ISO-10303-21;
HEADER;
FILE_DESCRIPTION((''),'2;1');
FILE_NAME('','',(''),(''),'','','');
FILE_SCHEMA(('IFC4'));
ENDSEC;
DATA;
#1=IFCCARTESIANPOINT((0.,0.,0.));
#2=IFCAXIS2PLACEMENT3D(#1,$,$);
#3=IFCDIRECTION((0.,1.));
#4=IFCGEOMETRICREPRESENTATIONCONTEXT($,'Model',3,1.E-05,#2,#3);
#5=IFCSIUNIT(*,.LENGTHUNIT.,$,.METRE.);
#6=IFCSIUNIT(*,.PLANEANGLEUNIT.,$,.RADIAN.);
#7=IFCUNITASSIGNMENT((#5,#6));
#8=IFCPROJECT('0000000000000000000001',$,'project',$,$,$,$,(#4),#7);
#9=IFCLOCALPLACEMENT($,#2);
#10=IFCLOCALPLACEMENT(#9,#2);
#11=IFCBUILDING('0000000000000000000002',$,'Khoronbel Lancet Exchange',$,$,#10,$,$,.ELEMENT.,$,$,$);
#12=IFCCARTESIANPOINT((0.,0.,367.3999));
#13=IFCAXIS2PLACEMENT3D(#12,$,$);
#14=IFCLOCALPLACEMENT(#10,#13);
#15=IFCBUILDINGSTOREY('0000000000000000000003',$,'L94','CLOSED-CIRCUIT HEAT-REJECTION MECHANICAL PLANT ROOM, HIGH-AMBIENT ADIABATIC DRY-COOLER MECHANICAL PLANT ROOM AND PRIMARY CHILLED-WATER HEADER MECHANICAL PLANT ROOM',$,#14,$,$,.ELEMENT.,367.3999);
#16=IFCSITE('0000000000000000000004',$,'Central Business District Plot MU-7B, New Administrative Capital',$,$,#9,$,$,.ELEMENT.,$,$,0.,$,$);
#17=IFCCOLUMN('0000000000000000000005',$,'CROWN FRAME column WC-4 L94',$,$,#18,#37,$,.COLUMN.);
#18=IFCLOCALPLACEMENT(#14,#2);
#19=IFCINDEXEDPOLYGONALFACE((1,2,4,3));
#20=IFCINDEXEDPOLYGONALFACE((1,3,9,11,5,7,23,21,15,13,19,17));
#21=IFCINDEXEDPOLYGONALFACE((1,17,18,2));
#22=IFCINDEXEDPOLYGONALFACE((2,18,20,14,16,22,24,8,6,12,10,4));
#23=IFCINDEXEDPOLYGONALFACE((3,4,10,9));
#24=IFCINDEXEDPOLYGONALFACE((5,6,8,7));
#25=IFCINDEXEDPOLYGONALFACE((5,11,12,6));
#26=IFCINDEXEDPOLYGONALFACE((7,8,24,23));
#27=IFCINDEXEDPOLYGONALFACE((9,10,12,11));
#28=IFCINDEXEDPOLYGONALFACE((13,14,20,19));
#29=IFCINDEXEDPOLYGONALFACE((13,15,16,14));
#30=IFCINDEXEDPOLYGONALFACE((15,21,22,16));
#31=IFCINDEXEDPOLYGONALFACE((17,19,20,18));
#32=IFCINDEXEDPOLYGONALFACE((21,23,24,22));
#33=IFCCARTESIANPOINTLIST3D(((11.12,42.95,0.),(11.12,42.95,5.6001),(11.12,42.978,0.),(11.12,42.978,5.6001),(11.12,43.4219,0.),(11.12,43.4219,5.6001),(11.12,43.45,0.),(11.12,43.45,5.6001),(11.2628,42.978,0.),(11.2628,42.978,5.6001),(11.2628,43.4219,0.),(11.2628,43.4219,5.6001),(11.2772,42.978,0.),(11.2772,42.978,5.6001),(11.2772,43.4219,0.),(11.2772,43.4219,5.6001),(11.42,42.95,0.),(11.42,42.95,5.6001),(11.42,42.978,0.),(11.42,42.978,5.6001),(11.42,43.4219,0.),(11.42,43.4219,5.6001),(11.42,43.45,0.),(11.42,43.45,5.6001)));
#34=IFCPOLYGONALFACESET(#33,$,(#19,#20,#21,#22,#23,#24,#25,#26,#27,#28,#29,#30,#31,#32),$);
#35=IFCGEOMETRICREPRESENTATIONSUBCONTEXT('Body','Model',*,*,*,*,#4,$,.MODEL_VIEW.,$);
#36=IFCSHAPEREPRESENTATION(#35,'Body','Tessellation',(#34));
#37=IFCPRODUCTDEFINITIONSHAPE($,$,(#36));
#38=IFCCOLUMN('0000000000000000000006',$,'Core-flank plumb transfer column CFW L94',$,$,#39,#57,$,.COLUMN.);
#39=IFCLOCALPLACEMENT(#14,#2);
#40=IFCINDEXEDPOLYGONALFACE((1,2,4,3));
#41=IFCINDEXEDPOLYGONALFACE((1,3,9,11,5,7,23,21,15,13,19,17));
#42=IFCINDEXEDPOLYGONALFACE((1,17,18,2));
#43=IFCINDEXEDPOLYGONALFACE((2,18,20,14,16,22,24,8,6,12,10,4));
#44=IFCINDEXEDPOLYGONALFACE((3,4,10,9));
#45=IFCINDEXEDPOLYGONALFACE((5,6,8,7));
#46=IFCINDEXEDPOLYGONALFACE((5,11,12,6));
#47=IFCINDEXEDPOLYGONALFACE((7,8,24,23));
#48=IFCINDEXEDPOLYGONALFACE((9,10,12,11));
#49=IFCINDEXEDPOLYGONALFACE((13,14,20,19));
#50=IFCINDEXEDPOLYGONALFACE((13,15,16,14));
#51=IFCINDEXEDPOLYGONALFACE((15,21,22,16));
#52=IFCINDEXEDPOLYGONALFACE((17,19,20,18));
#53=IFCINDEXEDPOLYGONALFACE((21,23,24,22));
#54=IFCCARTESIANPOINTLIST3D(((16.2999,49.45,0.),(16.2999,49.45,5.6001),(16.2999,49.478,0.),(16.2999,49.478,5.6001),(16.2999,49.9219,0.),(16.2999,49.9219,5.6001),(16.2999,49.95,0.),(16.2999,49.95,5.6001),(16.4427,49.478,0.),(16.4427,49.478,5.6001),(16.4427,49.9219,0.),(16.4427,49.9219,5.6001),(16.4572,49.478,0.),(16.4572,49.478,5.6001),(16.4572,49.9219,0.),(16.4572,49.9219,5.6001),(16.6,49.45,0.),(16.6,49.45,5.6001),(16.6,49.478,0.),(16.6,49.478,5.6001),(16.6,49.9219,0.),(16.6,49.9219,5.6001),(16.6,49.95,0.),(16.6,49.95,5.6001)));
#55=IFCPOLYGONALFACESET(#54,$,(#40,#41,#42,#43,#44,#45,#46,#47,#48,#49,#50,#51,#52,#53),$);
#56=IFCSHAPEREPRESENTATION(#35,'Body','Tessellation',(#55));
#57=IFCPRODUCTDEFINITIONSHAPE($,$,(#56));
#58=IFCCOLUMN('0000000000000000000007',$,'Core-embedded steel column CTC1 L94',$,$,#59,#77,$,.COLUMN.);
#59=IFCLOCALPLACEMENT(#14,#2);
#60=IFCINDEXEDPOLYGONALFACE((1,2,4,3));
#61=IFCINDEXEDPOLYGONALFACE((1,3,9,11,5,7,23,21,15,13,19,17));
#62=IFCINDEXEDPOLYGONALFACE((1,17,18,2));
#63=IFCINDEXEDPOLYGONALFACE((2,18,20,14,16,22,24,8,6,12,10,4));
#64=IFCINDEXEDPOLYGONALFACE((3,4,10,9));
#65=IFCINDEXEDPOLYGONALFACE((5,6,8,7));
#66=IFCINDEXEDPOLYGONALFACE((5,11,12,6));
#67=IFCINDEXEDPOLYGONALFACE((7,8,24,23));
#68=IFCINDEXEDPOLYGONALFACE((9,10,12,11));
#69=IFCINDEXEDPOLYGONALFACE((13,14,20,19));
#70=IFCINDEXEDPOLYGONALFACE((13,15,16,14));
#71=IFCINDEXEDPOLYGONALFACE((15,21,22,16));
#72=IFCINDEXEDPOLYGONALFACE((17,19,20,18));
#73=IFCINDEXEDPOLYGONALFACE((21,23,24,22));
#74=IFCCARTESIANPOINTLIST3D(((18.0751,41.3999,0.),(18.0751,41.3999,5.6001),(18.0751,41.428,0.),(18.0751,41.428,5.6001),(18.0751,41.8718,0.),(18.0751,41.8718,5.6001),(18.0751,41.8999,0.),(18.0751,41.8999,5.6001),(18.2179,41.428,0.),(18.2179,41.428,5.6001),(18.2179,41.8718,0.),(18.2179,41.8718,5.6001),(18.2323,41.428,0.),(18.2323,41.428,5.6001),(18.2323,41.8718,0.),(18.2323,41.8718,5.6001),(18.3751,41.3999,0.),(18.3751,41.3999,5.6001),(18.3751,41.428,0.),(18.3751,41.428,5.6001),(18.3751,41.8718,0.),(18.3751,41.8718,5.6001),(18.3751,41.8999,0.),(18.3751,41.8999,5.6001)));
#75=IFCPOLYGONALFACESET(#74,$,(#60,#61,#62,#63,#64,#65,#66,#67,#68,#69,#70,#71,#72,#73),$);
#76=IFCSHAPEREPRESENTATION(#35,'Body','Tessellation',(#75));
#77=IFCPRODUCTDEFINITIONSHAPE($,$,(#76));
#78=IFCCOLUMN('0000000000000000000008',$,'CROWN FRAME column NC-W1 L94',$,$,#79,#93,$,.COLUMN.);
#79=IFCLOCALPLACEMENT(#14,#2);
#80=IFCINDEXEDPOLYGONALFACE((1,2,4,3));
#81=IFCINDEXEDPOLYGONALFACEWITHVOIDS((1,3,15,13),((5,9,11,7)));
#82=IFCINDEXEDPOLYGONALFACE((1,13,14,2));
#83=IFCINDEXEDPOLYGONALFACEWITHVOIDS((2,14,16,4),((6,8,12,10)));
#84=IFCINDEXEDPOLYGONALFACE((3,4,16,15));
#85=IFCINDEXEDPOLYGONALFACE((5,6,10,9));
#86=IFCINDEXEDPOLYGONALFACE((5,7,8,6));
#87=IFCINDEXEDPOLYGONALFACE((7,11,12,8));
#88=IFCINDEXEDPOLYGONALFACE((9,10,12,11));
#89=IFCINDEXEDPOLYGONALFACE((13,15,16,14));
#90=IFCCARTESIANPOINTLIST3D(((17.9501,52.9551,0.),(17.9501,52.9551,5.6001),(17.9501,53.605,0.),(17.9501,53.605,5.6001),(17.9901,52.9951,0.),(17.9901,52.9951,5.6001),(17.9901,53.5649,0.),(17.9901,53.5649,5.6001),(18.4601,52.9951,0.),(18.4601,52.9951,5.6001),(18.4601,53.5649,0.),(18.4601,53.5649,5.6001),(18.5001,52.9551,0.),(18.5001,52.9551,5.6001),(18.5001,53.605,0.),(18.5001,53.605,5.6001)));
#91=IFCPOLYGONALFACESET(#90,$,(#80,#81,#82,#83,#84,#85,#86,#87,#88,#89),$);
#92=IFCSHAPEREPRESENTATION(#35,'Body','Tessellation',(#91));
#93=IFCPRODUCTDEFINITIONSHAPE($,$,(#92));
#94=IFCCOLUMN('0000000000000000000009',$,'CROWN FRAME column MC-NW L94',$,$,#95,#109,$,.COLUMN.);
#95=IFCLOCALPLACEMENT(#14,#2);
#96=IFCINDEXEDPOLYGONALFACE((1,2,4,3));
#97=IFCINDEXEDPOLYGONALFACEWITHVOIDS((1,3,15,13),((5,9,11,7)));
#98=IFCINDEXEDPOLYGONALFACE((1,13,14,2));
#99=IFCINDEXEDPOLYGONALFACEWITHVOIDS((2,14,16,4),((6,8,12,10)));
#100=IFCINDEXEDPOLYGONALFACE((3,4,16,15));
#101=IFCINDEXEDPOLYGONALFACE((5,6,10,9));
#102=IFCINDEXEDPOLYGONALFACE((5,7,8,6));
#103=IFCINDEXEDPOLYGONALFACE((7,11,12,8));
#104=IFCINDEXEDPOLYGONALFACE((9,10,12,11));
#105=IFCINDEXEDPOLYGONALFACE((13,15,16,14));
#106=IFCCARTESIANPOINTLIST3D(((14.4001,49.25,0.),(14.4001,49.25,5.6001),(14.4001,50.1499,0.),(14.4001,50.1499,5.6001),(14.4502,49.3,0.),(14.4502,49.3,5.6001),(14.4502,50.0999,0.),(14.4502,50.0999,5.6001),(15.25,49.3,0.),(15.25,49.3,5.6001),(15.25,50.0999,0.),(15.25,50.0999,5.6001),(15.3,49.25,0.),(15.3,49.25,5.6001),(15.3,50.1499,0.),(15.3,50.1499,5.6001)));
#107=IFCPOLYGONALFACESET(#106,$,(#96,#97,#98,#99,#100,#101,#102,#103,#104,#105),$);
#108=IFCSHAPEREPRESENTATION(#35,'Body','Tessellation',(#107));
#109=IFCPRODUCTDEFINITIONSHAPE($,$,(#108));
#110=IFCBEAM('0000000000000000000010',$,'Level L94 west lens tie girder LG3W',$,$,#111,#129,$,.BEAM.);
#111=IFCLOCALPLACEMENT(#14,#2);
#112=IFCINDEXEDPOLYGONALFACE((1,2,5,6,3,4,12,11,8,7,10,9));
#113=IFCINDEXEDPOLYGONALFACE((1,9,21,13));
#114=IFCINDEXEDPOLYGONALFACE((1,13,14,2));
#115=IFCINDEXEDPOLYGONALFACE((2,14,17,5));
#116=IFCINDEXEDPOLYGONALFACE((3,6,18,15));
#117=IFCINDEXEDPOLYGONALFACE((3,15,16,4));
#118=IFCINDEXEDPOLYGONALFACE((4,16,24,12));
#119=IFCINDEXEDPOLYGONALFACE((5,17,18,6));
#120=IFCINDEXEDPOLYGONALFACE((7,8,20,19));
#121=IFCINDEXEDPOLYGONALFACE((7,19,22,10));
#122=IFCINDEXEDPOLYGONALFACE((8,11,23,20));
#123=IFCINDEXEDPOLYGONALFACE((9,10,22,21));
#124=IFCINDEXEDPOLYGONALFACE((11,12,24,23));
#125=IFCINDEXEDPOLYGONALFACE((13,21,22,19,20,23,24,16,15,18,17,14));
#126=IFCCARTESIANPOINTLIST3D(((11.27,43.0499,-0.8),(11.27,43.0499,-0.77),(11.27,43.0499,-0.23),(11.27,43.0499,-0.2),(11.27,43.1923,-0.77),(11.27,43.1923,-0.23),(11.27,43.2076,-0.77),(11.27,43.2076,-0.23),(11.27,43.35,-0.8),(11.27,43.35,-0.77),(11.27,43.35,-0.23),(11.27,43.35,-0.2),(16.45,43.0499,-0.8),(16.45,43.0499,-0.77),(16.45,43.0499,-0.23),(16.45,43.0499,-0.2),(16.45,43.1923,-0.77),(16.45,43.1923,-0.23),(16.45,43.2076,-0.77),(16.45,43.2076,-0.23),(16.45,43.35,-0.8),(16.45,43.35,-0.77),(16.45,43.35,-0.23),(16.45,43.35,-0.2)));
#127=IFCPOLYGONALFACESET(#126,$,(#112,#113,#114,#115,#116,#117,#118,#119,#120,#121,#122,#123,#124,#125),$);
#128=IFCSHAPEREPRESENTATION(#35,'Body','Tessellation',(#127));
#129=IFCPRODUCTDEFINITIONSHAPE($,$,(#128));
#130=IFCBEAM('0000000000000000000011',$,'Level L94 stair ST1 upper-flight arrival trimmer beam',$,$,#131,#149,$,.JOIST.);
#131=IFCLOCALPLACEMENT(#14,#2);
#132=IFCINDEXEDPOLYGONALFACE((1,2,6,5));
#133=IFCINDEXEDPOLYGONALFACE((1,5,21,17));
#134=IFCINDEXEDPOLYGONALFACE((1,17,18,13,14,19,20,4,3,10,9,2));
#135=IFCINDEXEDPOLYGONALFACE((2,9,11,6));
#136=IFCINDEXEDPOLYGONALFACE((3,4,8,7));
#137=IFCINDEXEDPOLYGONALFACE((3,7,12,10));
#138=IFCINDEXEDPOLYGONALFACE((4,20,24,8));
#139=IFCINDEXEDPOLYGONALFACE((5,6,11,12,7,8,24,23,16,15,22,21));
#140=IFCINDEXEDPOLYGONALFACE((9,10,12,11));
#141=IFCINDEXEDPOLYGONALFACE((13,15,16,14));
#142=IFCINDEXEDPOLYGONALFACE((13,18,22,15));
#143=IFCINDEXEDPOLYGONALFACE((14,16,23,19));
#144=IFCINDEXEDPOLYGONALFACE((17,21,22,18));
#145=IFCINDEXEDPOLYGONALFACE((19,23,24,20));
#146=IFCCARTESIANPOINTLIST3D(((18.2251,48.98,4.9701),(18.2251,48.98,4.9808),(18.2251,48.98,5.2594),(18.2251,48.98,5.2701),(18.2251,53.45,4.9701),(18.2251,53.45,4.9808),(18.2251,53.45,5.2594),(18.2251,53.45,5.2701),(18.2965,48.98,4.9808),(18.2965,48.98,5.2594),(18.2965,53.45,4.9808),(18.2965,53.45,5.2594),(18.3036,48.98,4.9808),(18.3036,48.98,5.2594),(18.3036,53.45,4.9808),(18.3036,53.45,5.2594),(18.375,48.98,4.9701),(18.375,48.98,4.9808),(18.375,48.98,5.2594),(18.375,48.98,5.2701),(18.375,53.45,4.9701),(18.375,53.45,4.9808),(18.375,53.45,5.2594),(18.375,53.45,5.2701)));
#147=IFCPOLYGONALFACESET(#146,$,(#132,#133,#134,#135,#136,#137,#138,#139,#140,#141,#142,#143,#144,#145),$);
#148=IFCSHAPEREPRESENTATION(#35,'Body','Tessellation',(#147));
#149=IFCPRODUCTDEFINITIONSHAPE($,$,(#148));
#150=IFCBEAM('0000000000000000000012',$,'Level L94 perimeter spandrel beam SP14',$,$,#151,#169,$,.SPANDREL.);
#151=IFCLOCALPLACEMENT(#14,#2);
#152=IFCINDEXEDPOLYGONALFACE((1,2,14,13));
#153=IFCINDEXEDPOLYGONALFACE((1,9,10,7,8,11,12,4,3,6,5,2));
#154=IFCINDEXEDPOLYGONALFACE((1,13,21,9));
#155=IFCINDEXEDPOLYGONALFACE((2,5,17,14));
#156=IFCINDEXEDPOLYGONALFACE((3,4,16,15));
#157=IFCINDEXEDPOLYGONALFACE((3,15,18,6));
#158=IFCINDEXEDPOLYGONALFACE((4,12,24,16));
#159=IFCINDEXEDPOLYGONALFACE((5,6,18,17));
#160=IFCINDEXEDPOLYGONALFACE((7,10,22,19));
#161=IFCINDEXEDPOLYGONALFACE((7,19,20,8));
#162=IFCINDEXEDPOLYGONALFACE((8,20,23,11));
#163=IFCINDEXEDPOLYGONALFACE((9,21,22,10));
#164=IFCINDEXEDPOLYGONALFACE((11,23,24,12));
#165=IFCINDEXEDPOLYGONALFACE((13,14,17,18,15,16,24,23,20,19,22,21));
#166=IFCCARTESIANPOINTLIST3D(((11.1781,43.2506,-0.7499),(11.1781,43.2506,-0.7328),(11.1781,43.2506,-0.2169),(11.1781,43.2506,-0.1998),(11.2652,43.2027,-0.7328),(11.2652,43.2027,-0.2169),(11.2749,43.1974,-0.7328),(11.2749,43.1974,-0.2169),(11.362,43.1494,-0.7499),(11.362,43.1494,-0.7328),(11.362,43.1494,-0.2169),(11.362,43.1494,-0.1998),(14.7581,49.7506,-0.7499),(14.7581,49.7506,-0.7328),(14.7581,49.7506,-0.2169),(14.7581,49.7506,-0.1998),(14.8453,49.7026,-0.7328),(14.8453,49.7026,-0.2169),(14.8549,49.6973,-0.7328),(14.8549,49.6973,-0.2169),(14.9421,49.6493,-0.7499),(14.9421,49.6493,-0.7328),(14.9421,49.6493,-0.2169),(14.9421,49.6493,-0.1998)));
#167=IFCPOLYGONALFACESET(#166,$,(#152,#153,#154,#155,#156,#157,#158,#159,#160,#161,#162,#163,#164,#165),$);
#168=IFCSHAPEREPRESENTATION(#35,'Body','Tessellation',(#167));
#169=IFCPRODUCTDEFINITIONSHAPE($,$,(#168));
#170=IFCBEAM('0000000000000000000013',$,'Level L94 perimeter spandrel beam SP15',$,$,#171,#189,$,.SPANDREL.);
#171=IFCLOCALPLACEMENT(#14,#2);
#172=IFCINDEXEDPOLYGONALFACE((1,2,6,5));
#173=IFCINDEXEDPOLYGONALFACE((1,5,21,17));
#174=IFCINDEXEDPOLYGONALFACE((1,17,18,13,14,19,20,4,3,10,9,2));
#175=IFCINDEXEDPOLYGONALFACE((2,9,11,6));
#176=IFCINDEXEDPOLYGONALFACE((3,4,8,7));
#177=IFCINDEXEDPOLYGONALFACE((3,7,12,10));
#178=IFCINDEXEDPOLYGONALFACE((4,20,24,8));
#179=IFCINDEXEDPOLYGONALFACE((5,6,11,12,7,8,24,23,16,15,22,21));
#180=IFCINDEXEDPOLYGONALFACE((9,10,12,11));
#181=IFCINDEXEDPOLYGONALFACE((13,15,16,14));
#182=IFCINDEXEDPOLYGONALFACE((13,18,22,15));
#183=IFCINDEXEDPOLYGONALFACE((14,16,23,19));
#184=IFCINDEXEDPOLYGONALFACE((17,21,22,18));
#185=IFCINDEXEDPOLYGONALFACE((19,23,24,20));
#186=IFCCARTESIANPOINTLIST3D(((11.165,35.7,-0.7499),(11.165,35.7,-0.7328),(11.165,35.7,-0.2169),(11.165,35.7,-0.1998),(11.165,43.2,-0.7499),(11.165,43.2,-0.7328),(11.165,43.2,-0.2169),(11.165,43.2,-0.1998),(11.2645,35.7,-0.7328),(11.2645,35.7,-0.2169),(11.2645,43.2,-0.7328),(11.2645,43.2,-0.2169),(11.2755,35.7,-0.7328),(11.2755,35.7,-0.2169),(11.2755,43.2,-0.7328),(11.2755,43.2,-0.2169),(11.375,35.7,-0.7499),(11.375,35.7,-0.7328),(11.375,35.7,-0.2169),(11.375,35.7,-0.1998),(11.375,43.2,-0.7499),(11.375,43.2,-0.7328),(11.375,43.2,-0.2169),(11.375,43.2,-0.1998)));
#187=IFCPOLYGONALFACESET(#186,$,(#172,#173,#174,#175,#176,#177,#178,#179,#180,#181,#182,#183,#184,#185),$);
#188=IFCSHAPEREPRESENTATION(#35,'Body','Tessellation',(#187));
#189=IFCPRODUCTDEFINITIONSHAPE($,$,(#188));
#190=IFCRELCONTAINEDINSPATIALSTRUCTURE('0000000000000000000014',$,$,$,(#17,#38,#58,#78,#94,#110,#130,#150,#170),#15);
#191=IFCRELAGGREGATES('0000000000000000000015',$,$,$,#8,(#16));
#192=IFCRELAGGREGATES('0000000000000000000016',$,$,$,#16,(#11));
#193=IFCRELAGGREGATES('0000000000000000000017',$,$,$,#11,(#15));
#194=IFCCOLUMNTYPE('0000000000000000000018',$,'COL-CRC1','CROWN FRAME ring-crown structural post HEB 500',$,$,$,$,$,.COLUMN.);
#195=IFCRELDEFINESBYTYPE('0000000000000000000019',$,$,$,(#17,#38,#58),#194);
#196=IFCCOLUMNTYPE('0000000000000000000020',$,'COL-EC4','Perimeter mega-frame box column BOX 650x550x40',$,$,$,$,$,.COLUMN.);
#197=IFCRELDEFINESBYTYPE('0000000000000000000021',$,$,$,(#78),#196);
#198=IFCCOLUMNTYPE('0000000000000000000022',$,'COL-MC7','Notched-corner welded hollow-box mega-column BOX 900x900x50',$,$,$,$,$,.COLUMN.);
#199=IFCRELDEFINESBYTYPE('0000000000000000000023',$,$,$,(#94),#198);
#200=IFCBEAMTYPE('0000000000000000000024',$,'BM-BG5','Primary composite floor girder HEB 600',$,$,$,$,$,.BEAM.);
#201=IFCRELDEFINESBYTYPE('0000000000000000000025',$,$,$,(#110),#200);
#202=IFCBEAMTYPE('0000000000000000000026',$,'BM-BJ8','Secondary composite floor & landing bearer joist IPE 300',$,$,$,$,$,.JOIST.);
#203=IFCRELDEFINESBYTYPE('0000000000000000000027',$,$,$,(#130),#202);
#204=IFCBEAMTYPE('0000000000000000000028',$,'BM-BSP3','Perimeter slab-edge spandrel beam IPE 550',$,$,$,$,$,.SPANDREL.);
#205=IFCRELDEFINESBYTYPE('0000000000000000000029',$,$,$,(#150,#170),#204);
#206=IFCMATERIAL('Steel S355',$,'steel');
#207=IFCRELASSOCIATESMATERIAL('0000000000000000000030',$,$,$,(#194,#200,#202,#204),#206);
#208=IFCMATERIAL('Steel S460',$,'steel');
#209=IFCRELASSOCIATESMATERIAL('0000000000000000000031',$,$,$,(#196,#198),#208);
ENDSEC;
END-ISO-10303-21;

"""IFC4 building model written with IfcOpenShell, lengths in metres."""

from ifc_helpers import new_model, si_unit, direction, frame, origin, origin_2d, place, context, subcontext, project, spatial, hollow_rectangle, i_section, extrude, material, material_profile, profile_set, type_object, element, save


model = new_model("IFC4")

# Units and contexts
model_context = context("Model", 3, precision=1e-05, world=origin(), true_north=direction((0.0, 1.0)))
body_context = subcontext(model_context, "Body", "Model", "MODEL_VIEW")
ifc_project = project(units=[si_unit("LENGTHUNIT", "METRE"), si_unit("PLANEANGLEUNIT", "RADIAN")], contexts=[model_context])

# Site, building, storey
site_placement = place(None, origin())
site = spatial("IfcSite", under=ifc_project, at=site_placement, Name="Central Business District Plot MU-7B, New Administrative Capital", CompositionType="ELEMENT", RefElevation=0.0)
building_placement = place(site_placement, origin())
building = spatial("IfcBuilding", under=site, at=building_placement, Name="Khoronbel Lancet Exchange", CompositionType="ELEMENT")
storey_placement = place(building_placement, frame((0.0, 0.0, 367.3999)))
storey = spatial("IfcBuildingStorey", under=building, at=storey_placement, Name="L94", Description="CLOSED-CIRCUIT HEAT-REJECTION MECHANICAL PLANT ROOM, HIGH-AMBIENT ADIABATIC DRY-COOLER MECHANICAL PLANT ROOM AND PRIMARY CHILLED-WATER HEADER MECHANICAL PLANT ROOM", CompositionType="ELEMENT", Elevation=367.3999)

# Columns
ifc_material_1 = material(Name="Steel S355", Category="steel")
ifc_material_profile_1 = material_profile(ifc_material_1, i_section(OverallWidth=0.3, OverallDepth=0.5, WebThickness=0.0144, FlangeThickness=0.0281, at=origin_2d()), Name="HEB 500")
ifc_profile_set_1 = profile_set([ifc_material_profile_1], Name="Steel S355")
column_type_1 = type_object("IfcColumnType", Name="COL-CRC1", Description="CROWN FRAME ring-crown structural post HEB 500", PredefinedType="COLUMN", material=ifc_profile_set_1)
for number, where, z_axis, x_axis, name in (
    (1, (11.27, 43.2, 0.0), (0.0, 0.0, 1.0), (1.0, 0.0, 0.0), "CROWN FRAME column WC-4 L94"),
    (2, (16.45, 49.7, 0.0), (0.0, 0.0, 1.0), (1.0, 0.0, 0.0), "Core-flank plumb transfer column CFW L94"),
    (3, (18.2251, 41.6499, 0.0), (0.0, 0.0, 1.0), (1.0, 0.0, 0.0), "Core-embedded steel column CTC1 L94"),
):
    element("IfcColumn", number, at=place(storey_placement, frame(where, z_axis=z_axis, x_axis=x_axis)), inside=storey, type_object=column_type_1, Name=name, PredefinedType="COLUMN", context=body_context, shape_type="SweptSolid", body=[
        extrude(i_section(OverallWidth=0.3, OverallDepth=0.5, WebThickness=0.0144, FlangeThickness=0.0281, at=origin_2d()), origin(), (0.0, 0.0, 1.0), 5.6001),
    ])
ifc_material_2 = material(Name="Steel S460", Category="steel")
ifc_material_profile_2 = material_profile(ifc_material_2, hollow_rectangle(XDim=0.55, YDim=0.6499, WallThickness=0.04, at=origin_2d()), Name="BOX 650x550x40")
ifc_profile_set_2 = profile_set([ifc_material_profile_2], Name="Steel S460")
column_type_2 = type_object("IfcColumnType", Name="COL-EC4", Description="Perimeter mega-frame box column BOX 650x550x40", PredefinedType="COLUMN", material=ifc_profile_set_2)
column_1_placement = place(storey_placement, frame((18.2251, 53.28, 0.0), z_axis=(0.0, 0.0, 1.0), x_axis=(1.0, 0.0, 0.0)))
element("IfcColumn", 4, at=column_1_placement, inside=storey, type_object=column_type_2, Name="CROWN FRAME column NC-W1 L94", PredefinedType="COLUMN", context=body_context, shape_type="SweptSolid", body=[
    extrude(hollow_rectangle(XDim=0.55, YDim=0.6499, WallThickness=0.04, at=origin_2d()), origin(), (0.0, 0.0, 1.0), 5.6001),
])
ifc_material_profile_3 = material_profile(ifc_material_2, hollow_rectangle(XDim=0.8999, YDim=0.8999, WallThickness=0.05, at=origin_2d()), Name="BOX 900x900x50")
ifc_profile_set_3 = profile_set([ifc_material_profile_3], Name="Steel S460")
column_type_3 = type_object("IfcColumnType", Name="COL-MC7", Description="Notched-corner welded hollow-box mega-column BOX 900x900x50", PredefinedType="COLUMN", material=ifc_profile_set_3)
column_2_placement = place(storey_placement, frame((14.8501, 49.7, 0.0), z_axis=(0.0, 0.0, 1.0), x_axis=(1.0, 0.0, 0.0)))
element("IfcColumn", 5, at=column_2_placement, inside=storey, type_object=column_type_3, Name="CROWN FRAME column MC-NW L94", PredefinedType="COLUMN", context=body_context, shape_type="SweptSolid", body=[
    extrude(hollow_rectangle(XDim=0.8999, YDim=0.8999, WallThickness=0.05, at=origin_2d()), origin(), (0.0, 0.0, 1.0), 5.6001),
])

# Beams
ifc_material_profile_4 = material_profile(ifc_material_1, i_section(OverallWidth=0.3, OverallDepth=0.6001, WebThickness=0.0154, FlangeThickness=0.03, at=origin_2d()), Name="HEB 600")
ifc_profile_set_4 = profile_set([ifc_material_profile_4], Name="Steel S355")
beam_type_1 = type_object("IfcBeamType", Name="BM-BG5", Description="Primary composite floor girder HEB 600", PredefinedType="BEAM", material=ifc_profile_set_4)
beam_1_placement = place(storey_placement, frame((11.27, 43.2, -0.5), z_axis=(1.0, 0.0, 0.0), x_axis=(0.0, 1.0, 0.0)))
element("IfcBeam", 6, at=beam_1_placement, inside=storey, type_object=beam_type_1, Name="Level L94 west lens tie girder LG3W", PredefinedType="BEAM", context=body_context, shape_type="SweptSolid", body=[
    extrude(i_section(OverallWidth=0.3, OverallDepth=0.6001, WebThickness=0.0154, FlangeThickness=0.03, at=origin_2d()), origin(), (0.0, 0.0, 1.0), 5.1799),
])
ifc_material_profile_5 = material_profile(ifc_material_1, i_section(OverallWidth=0.1499, OverallDepth=0.3, WebThickness=0.0071, FlangeThickness=0.0107, at=origin_2d()), Name="IPE 300")
ifc_profile_set_5 = profile_set([ifc_material_profile_5], Name="Steel S355")
beam_type_2 = type_object("IfcBeamType", Name="BM-BJ8", Description="Secondary composite floor & landing bearer joist IPE 300", PredefinedType="JOIST", material=ifc_profile_set_5)
beam_2_placement = place(storey_placement, frame((18.3, 48.98, 5.1201), z_axis=(0.0, 1.0, 0.0), x_axis=(-1.0, 0.0, 0.0)))
element("IfcBeam", 7, at=beam_2_placement, inside=storey, type_object=beam_type_2, Name="Level L94 stair ST1 upper-flight arrival trimmer beam", PredefinedType="JOIST", context=body_context, shape_type="SweptSolid", body=[
    extrude(i_section(OverallWidth=0.1499, OverallDepth=0.3, WebThickness=0.0071, FlangeThickness=0.0107, at=origin_2d()), origin(), (0.0, 0.0, 1.0), 4.47),
])
ifc_material_profile_6 = material_profile(ifc_material_1, i_section(OverallWidth=0.21, OverallDepth=0.55, WebThickness=0.011, FlangeThickness=0.0171, at=origin_2d()), Name="IPE 550")
ifc_profile_set_6 = profile_set([ifc_material_profile_6], Name="Steel S355")
beam_type_3 = type_object("IfcBeamType", Name="BM-BSP3", Description="Perimeter slab-edge spandrel beam IPE 550", PredefinedType="SPANDREL", material=ifc_profile_set_6)
beam_3_placement = place(storey_placement, frame((14.8501, 49.7, -0.4749), z_axis=(-0.482444, -0.875927, 0.0), x_axis=(0.875927, -0.482444, 0.0)))
element("IfcBeam", 8, at=beam_3_placement, inside=storey, type_object=beam_type_3, Name="Level L94 perimeter spandrel beam SP14", PredefinedType="SPANDREL", context=body_context, shape_type="SweptSolid", body=[
    extrude(i_section(OverallWidth=0.21, OverallDepth=0.55, WebThickness=0.011, FlangeThickness=0.0171, at=origin_2d()), origin(), (0.0, 0.0, 1.0), 7.4207),
])
beam_4_placement = place(storey_placement, frame((11.27, 43.2, -0.4749), z_axis=(0.0, -1.0, 0.0), x_axis=(1.0, 0.0, 0.0)))
element("IfcBeam", 9, at=beam_4_placement, inside=storey, type_object=beam_type_3, Name="Level L94 perimeter spandrel beam SP15", PredefinedType="SPANDREL", context=body_context, shape_type="SweptSolid", body=[
    extrude(i_section(OverallWidth=0.21, OverallDepth=0.55, WebThickness=0.011, FlangeThickness=0.0171, at=origin_2d()), origin(), (0.0, 0.0, 1.0), 7.5),
])

save(model, "model.ifc")
